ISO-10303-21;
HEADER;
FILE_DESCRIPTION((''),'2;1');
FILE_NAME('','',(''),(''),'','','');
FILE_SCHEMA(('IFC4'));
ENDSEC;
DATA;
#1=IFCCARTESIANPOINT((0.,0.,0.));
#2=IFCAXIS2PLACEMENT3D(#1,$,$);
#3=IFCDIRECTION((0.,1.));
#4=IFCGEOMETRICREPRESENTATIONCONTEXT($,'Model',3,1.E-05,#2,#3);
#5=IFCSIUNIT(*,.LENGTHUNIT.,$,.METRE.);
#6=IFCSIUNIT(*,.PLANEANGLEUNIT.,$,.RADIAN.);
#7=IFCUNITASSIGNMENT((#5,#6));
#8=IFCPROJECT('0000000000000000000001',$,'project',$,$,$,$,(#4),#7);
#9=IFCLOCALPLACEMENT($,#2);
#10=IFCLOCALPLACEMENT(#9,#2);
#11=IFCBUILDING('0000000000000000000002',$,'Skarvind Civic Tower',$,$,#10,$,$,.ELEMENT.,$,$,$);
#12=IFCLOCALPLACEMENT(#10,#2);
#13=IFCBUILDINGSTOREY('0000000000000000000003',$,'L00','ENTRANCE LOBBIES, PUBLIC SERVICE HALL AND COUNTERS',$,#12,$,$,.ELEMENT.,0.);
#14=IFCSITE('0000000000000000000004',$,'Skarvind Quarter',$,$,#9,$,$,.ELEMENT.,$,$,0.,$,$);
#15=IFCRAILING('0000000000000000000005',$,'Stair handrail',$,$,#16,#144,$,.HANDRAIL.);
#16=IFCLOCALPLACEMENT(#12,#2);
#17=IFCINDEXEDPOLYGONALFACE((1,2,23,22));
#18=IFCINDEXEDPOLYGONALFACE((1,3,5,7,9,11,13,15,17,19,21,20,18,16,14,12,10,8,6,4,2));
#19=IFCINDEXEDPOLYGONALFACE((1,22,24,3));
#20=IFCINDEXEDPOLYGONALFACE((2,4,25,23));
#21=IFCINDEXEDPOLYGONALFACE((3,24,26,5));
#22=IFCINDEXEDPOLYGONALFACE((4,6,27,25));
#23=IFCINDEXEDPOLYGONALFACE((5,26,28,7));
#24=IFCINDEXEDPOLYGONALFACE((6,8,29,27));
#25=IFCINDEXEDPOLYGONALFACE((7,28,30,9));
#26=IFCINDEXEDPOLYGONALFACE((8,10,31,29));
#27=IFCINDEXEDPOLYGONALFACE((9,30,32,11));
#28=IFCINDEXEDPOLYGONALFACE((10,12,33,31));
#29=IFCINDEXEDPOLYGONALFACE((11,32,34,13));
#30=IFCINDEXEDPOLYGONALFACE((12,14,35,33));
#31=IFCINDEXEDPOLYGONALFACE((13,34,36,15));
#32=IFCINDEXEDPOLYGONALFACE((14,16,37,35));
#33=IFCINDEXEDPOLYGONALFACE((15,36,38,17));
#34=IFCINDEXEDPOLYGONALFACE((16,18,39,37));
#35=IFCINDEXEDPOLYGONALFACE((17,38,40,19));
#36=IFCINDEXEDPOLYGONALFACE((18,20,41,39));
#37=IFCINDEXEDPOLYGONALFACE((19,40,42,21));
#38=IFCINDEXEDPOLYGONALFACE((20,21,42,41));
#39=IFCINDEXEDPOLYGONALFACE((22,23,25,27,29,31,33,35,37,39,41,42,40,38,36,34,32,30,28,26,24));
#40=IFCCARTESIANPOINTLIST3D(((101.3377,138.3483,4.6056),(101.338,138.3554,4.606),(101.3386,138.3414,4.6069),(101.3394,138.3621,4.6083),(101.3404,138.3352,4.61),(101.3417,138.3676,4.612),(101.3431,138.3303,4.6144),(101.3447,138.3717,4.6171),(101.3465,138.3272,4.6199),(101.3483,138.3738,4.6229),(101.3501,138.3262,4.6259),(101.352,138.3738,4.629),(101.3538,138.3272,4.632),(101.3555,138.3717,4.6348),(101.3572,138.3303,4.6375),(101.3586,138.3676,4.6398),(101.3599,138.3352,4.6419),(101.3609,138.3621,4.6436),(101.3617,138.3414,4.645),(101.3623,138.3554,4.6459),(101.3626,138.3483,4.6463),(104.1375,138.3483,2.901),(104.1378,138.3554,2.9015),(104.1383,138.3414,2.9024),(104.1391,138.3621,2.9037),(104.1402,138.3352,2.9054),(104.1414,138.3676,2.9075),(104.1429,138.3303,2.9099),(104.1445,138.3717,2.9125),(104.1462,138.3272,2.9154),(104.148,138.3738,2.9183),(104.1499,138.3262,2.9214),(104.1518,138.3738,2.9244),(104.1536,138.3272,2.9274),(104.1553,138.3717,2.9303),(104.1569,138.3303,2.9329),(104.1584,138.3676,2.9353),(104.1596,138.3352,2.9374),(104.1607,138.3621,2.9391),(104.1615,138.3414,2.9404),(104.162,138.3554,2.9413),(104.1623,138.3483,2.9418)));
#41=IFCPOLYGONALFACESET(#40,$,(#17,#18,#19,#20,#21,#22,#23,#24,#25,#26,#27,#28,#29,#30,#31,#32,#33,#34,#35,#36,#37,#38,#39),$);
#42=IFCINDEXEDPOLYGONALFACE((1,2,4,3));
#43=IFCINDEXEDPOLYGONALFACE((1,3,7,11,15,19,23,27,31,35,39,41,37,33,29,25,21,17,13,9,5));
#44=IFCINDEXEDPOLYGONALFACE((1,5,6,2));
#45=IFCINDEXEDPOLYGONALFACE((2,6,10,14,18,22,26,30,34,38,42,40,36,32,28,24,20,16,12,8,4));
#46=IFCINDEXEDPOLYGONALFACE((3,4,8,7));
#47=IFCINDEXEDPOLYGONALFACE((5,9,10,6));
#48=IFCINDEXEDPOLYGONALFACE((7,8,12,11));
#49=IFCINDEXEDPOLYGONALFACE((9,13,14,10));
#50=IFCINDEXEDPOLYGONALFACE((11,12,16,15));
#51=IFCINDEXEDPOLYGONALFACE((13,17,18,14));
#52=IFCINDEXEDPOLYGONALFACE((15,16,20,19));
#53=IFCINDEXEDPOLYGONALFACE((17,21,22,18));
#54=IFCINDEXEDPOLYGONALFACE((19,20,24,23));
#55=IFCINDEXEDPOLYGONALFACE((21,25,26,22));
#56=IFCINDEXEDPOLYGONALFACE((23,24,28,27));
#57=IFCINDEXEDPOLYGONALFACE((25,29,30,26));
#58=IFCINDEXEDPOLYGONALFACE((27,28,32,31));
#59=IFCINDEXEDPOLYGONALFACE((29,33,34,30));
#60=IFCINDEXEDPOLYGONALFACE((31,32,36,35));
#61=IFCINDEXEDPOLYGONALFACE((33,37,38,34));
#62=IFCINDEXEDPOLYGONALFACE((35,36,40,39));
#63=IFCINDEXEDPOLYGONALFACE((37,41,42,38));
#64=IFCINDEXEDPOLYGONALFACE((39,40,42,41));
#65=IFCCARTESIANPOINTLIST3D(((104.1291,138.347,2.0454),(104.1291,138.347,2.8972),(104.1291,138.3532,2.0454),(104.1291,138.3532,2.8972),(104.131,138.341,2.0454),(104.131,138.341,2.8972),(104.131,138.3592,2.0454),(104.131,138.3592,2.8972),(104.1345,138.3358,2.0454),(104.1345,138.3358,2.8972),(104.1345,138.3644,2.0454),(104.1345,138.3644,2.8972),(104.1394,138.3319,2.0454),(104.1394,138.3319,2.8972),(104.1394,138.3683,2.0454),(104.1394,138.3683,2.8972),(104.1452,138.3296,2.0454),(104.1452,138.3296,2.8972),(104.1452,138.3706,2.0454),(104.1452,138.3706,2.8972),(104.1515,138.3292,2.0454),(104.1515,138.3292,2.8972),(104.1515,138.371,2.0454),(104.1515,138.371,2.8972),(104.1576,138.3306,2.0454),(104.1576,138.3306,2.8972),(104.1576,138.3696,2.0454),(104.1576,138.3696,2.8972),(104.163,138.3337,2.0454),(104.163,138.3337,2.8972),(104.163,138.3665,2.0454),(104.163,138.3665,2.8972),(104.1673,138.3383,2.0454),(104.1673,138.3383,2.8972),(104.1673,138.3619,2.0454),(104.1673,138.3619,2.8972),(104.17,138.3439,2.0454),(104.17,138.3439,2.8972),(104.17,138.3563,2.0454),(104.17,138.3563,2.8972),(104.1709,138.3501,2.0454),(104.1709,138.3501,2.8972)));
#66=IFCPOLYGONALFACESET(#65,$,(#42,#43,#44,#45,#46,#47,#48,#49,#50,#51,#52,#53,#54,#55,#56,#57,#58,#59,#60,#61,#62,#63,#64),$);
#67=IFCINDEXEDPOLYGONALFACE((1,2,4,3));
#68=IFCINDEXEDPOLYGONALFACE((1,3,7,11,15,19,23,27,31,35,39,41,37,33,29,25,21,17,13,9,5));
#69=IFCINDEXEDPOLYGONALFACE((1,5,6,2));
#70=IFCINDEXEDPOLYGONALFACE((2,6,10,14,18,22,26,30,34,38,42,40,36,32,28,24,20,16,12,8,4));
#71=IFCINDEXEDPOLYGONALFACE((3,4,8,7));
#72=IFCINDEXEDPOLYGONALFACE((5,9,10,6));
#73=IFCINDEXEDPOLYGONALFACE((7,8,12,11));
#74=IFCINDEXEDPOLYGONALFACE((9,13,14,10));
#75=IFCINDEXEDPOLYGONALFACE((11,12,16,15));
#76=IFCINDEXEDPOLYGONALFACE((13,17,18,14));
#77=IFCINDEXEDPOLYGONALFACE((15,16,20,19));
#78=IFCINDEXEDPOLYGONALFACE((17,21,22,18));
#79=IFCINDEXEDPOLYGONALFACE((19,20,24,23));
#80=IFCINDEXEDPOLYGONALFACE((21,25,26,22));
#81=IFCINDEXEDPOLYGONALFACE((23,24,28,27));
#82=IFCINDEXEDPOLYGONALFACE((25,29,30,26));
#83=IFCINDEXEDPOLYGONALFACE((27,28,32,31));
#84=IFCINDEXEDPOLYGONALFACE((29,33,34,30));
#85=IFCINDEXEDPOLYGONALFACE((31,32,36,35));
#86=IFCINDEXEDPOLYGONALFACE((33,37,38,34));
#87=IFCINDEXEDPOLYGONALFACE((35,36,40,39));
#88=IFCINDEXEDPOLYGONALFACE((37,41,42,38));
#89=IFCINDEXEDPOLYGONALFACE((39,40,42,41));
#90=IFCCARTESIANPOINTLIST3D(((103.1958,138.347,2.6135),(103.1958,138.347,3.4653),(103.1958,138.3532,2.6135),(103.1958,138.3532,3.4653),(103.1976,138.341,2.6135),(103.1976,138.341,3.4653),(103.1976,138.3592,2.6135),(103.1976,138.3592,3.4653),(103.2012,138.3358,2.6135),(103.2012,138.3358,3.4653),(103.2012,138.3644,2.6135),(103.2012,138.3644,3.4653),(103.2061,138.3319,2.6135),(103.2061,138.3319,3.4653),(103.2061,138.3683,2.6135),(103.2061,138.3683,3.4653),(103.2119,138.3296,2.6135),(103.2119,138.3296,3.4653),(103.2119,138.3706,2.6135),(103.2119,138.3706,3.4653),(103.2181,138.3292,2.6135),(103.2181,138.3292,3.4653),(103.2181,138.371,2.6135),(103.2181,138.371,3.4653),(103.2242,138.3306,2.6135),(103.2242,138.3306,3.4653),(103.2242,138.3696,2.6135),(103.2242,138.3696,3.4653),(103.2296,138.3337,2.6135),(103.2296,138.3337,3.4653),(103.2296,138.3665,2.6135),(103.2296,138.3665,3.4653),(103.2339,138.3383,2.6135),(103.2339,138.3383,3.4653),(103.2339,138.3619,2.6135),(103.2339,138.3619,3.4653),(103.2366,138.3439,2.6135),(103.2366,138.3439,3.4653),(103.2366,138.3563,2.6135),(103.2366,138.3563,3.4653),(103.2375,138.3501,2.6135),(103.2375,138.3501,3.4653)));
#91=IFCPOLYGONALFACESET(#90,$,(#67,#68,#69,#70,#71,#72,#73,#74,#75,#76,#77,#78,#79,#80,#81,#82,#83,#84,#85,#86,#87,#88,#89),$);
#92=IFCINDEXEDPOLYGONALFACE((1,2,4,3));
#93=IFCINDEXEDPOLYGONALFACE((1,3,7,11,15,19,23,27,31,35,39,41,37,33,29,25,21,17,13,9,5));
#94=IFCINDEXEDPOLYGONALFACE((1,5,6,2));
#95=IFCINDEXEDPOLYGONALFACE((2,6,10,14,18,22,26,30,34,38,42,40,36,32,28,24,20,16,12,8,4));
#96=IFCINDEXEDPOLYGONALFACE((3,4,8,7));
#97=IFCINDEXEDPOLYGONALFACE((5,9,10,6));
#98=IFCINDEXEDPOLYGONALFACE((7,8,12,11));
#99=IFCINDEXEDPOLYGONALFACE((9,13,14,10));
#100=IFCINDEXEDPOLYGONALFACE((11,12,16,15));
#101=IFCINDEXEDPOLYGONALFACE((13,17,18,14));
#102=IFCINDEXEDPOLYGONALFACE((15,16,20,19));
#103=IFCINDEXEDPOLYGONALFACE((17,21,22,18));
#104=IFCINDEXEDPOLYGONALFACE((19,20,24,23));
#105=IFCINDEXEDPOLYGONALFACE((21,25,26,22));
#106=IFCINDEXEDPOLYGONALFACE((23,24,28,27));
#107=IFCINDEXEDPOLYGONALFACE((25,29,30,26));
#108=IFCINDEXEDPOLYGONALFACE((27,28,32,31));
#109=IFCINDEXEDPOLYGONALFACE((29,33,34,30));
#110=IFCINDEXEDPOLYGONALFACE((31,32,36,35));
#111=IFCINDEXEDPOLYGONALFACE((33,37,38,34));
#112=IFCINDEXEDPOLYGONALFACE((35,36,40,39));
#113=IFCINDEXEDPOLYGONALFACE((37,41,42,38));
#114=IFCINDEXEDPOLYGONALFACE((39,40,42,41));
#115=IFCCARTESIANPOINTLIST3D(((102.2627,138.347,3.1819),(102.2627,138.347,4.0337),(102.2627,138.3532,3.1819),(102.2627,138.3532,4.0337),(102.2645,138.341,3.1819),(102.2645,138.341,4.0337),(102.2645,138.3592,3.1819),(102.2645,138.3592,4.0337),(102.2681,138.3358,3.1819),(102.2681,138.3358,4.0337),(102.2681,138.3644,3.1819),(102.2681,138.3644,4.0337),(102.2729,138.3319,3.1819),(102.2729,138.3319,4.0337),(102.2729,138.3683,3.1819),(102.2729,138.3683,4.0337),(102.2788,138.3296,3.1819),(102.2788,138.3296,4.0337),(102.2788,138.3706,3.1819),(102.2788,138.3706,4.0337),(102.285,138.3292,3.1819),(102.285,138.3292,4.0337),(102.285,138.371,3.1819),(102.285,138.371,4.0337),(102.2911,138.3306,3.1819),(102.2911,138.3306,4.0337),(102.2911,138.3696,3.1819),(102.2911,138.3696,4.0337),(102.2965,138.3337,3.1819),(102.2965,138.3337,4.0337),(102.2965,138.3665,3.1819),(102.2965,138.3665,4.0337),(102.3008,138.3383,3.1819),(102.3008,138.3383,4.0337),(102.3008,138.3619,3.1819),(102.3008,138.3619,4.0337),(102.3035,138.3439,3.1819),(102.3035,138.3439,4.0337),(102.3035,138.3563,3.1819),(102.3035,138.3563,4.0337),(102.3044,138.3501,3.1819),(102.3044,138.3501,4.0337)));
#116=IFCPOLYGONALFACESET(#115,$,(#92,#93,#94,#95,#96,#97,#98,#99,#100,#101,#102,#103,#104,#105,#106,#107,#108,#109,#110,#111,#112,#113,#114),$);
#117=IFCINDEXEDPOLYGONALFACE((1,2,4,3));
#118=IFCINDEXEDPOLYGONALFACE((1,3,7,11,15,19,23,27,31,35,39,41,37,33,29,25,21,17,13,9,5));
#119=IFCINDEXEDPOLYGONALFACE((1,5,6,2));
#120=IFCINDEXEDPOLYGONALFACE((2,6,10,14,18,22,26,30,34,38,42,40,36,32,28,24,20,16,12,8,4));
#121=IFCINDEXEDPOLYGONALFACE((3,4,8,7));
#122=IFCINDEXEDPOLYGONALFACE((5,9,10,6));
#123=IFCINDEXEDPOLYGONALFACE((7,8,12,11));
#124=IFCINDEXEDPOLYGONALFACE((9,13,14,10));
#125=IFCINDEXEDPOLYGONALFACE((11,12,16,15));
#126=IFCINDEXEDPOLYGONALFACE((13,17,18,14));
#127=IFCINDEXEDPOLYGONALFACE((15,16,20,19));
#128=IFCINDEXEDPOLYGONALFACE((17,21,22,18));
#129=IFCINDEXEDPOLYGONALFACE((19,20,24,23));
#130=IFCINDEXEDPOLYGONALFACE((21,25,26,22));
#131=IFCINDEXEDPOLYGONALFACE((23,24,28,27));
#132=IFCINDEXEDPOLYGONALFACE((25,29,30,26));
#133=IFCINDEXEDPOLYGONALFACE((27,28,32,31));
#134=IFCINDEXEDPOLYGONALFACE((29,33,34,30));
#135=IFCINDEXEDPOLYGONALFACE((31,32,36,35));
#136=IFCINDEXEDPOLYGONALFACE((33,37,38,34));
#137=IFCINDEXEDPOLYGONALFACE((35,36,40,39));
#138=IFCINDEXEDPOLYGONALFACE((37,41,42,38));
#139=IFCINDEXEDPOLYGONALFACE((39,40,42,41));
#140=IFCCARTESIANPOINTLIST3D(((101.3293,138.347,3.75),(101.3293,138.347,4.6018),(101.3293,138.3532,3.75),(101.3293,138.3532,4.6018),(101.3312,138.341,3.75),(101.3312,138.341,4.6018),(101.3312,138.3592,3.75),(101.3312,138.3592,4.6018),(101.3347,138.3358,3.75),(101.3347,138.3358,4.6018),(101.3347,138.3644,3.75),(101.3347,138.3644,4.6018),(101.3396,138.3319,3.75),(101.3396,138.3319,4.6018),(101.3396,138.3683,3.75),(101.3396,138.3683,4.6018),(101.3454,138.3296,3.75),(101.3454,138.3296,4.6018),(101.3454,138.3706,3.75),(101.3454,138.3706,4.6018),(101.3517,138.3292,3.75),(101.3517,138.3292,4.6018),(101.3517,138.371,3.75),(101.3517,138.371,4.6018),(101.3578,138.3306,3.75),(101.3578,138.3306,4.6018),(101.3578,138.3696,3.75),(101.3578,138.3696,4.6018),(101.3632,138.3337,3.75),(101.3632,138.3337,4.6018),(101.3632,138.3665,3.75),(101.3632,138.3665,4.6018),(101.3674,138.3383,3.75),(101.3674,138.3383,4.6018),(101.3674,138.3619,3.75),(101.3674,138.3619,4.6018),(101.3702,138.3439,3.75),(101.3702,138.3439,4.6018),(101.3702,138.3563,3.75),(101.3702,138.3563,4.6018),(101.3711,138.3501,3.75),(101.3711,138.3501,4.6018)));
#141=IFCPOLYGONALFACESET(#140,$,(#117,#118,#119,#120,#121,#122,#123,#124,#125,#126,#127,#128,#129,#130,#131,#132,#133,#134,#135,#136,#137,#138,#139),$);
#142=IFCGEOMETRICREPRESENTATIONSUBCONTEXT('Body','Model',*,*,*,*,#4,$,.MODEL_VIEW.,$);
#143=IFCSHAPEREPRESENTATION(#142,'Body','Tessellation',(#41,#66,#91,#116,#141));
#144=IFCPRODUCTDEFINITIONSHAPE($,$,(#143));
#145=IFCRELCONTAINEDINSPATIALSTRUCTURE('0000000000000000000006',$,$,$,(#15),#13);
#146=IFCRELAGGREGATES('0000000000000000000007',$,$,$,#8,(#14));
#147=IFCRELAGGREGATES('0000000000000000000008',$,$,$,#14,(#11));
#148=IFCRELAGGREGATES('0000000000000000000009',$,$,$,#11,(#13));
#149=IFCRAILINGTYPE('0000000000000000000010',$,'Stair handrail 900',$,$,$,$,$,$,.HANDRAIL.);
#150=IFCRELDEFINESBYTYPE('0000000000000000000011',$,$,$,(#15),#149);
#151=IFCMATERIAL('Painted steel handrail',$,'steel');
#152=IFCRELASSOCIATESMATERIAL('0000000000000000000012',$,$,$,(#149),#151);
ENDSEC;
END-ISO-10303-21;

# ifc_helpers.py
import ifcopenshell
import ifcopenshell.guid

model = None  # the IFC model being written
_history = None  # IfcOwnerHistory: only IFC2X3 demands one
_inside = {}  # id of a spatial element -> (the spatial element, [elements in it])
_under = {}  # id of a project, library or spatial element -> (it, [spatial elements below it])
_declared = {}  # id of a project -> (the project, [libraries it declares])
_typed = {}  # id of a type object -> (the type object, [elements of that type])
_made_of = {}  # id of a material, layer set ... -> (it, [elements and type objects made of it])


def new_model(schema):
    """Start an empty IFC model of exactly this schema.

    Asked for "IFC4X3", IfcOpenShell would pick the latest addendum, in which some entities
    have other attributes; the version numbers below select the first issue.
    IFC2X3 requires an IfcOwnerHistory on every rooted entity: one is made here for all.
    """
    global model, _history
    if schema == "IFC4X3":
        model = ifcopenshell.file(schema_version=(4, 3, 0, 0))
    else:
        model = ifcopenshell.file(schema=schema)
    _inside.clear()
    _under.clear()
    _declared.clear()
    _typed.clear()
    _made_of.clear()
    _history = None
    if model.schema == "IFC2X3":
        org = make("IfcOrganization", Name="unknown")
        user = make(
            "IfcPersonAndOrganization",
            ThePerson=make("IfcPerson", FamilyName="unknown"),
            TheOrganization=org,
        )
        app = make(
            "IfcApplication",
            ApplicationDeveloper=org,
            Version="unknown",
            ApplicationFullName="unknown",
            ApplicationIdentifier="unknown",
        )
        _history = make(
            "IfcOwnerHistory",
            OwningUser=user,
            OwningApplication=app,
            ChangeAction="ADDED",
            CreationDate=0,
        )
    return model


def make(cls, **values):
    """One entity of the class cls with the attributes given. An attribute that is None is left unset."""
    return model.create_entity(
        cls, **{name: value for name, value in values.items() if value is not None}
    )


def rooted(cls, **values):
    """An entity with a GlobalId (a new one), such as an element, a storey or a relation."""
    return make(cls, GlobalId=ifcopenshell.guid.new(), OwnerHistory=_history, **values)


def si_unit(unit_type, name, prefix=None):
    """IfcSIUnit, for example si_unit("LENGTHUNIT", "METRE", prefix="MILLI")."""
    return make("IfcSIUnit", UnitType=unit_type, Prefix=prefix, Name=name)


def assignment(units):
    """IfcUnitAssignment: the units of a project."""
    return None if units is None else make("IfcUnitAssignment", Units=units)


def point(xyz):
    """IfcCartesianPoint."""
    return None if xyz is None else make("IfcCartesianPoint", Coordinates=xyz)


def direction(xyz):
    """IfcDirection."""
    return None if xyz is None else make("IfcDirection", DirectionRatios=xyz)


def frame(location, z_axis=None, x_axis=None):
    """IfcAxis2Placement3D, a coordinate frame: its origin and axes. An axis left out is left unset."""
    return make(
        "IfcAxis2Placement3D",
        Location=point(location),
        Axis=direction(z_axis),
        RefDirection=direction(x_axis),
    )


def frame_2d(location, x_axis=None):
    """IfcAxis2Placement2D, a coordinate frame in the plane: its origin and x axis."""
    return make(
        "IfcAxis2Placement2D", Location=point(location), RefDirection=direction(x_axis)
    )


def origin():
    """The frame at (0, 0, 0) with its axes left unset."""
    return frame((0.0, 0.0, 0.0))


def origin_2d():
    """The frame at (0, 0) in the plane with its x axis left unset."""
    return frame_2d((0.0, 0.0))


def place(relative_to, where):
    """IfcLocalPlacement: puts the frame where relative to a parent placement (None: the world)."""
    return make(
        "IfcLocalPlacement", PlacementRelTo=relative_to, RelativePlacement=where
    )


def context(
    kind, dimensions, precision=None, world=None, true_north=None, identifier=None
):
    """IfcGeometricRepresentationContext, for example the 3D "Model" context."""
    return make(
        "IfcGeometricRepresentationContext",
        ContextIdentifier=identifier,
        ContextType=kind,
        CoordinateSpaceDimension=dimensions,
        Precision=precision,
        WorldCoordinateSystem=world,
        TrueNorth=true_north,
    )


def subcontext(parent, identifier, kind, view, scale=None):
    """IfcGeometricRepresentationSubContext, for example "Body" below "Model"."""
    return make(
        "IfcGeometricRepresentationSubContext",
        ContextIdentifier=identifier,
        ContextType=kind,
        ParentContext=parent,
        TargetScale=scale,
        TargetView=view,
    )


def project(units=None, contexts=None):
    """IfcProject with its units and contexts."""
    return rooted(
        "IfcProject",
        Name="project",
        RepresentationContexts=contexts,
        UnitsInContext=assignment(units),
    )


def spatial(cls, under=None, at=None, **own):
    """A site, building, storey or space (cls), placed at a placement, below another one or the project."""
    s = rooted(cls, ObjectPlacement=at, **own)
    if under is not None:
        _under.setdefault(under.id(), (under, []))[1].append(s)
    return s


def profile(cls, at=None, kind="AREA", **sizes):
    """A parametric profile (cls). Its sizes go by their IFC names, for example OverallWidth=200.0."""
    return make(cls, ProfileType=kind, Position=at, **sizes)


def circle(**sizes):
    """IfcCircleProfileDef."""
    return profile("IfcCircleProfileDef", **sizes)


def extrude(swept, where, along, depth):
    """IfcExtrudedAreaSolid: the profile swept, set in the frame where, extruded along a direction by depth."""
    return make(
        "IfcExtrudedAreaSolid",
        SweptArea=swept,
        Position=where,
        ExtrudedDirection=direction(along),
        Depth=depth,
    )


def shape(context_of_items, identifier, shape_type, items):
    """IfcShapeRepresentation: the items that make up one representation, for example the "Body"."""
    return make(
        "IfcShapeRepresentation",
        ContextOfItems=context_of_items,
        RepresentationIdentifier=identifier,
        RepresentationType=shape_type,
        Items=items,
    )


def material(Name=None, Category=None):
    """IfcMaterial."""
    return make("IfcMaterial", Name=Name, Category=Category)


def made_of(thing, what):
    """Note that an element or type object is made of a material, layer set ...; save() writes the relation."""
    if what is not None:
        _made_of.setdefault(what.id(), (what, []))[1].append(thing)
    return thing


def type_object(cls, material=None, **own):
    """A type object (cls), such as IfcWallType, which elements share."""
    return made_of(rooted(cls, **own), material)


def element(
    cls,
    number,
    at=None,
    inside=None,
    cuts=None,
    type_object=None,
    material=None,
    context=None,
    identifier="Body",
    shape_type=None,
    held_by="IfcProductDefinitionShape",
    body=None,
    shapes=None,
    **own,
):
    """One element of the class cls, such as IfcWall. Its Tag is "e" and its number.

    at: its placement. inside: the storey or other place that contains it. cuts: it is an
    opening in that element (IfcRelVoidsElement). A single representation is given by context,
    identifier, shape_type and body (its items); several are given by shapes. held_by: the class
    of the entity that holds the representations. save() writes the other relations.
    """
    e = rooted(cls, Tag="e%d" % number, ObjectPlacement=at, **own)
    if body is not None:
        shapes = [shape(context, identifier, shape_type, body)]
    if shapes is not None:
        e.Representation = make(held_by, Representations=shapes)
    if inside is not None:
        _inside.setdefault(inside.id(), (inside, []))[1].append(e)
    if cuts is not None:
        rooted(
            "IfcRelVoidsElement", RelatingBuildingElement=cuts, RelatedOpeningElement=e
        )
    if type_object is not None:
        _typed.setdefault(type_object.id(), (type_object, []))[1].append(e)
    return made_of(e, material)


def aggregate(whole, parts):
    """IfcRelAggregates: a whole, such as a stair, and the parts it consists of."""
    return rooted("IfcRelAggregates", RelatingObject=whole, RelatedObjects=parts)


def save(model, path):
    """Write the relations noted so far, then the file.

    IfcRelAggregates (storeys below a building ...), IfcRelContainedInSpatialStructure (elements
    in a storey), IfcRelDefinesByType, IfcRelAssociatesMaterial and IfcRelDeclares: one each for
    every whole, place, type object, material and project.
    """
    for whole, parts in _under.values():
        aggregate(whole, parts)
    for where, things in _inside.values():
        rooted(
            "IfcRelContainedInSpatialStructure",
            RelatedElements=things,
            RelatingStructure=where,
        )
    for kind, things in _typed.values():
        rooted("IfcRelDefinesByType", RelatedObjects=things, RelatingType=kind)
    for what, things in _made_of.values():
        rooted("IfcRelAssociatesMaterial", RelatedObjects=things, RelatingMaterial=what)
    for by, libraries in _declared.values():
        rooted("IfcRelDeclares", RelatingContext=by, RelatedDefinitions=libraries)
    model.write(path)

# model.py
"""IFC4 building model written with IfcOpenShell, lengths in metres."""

from ifc_helpers import new_model, si_unit, direction, frame, origin, origin_2d, place, context, subcontext, project, spatial, circle, extrude, material, type_object, element, save


model = new_model("IFC4")

# Units and contexts
model_context = context("Model", 3, precision=1e-05, world=origin(), true_north=direction((0.0, 1.0)))
body_context = subcontext(model_context, "Body", "Model", "MODEL_VIEW")
ifc_project = project(units=[si_unit("LENGTHUNIT", "METRE"), si_unit("PLANEANGLEUNIT", "RADIAN")], contexts=[model_context])

# Site, building, storey
site_placement = place(None, origin())
site = spatial("IfcSite", under=ifc_project, at=site_placement, Name="Skarvind Quarter", CompositionType="ELEMENT", RefElevation=0.0)
building_placement = place(site_placement, origin())
building = spatial("IfcBuilding", under=site, at=building_placement, Name="Skarvind Civic Tower", CompositionType="ELEMENT")
storey_placement = place(building_placement, origin())
storey = spatial("IfcBuildingStorey", under=building, at=storey_placement, Name="L00", Description="ENTRANCE LOBBIES, PUBLIC SERVICE HALL AND COUNTERS", CompositionType="ELEMENT", Elevation=0.0)

# Railing
ifc_material_1 = material(Name="Painted steel handrail", Category="steel")
railing_type = type_object("IfcRailingType", Name="Stair handrail 900", PredefinedType="HANDRAIL", material=ifc_material_1)
for number, where, name in (
    (1, (104.1499, 138.3501, 2.0454), "Stair handrail"),
):
    element("IfcRailing", number, at=place(storey_placement, frame(where)), inside=storey, type_object=railing_type, Name=name, PredefinedType="HANDRAIL", context=body_context, shape_type="SweptSolid", body=[
        extrude(circle(Radius=0.0239, at=origin_2d()), frame((0.0, 0.0, 0.876), z_axis=(-0.85415, 0.0, 0.520027), x_axis=(0.0, -1.0, 0.0)), (0.0, 0.0, 1.0), 3.2778),
        extrude(circle(Radius=0.021, at=origin_2d()), origin(), (0.0, 0.0, 1.0), 0.8518),
        extrude(circle(Radius=0.021, at=origin_2d()), frame((-0.9333, 0.0, 0.5681)), (0.0, 0.0, 1.0), 0.8518),
        extrude(circle(Radius=0.021, at=origin_2d()), frame((-1.8665, 0.0, 1.1365)), (0.0, 0.0, 1.0), 0.8518),
        extrude(circle(Radius=0.021, at=origin_2d()), frame((-2.7998, 0.0, 1.7046)), (0.0, 0.0, 1.0), 0.8518),
    ])

save(model, "model.ifc")
